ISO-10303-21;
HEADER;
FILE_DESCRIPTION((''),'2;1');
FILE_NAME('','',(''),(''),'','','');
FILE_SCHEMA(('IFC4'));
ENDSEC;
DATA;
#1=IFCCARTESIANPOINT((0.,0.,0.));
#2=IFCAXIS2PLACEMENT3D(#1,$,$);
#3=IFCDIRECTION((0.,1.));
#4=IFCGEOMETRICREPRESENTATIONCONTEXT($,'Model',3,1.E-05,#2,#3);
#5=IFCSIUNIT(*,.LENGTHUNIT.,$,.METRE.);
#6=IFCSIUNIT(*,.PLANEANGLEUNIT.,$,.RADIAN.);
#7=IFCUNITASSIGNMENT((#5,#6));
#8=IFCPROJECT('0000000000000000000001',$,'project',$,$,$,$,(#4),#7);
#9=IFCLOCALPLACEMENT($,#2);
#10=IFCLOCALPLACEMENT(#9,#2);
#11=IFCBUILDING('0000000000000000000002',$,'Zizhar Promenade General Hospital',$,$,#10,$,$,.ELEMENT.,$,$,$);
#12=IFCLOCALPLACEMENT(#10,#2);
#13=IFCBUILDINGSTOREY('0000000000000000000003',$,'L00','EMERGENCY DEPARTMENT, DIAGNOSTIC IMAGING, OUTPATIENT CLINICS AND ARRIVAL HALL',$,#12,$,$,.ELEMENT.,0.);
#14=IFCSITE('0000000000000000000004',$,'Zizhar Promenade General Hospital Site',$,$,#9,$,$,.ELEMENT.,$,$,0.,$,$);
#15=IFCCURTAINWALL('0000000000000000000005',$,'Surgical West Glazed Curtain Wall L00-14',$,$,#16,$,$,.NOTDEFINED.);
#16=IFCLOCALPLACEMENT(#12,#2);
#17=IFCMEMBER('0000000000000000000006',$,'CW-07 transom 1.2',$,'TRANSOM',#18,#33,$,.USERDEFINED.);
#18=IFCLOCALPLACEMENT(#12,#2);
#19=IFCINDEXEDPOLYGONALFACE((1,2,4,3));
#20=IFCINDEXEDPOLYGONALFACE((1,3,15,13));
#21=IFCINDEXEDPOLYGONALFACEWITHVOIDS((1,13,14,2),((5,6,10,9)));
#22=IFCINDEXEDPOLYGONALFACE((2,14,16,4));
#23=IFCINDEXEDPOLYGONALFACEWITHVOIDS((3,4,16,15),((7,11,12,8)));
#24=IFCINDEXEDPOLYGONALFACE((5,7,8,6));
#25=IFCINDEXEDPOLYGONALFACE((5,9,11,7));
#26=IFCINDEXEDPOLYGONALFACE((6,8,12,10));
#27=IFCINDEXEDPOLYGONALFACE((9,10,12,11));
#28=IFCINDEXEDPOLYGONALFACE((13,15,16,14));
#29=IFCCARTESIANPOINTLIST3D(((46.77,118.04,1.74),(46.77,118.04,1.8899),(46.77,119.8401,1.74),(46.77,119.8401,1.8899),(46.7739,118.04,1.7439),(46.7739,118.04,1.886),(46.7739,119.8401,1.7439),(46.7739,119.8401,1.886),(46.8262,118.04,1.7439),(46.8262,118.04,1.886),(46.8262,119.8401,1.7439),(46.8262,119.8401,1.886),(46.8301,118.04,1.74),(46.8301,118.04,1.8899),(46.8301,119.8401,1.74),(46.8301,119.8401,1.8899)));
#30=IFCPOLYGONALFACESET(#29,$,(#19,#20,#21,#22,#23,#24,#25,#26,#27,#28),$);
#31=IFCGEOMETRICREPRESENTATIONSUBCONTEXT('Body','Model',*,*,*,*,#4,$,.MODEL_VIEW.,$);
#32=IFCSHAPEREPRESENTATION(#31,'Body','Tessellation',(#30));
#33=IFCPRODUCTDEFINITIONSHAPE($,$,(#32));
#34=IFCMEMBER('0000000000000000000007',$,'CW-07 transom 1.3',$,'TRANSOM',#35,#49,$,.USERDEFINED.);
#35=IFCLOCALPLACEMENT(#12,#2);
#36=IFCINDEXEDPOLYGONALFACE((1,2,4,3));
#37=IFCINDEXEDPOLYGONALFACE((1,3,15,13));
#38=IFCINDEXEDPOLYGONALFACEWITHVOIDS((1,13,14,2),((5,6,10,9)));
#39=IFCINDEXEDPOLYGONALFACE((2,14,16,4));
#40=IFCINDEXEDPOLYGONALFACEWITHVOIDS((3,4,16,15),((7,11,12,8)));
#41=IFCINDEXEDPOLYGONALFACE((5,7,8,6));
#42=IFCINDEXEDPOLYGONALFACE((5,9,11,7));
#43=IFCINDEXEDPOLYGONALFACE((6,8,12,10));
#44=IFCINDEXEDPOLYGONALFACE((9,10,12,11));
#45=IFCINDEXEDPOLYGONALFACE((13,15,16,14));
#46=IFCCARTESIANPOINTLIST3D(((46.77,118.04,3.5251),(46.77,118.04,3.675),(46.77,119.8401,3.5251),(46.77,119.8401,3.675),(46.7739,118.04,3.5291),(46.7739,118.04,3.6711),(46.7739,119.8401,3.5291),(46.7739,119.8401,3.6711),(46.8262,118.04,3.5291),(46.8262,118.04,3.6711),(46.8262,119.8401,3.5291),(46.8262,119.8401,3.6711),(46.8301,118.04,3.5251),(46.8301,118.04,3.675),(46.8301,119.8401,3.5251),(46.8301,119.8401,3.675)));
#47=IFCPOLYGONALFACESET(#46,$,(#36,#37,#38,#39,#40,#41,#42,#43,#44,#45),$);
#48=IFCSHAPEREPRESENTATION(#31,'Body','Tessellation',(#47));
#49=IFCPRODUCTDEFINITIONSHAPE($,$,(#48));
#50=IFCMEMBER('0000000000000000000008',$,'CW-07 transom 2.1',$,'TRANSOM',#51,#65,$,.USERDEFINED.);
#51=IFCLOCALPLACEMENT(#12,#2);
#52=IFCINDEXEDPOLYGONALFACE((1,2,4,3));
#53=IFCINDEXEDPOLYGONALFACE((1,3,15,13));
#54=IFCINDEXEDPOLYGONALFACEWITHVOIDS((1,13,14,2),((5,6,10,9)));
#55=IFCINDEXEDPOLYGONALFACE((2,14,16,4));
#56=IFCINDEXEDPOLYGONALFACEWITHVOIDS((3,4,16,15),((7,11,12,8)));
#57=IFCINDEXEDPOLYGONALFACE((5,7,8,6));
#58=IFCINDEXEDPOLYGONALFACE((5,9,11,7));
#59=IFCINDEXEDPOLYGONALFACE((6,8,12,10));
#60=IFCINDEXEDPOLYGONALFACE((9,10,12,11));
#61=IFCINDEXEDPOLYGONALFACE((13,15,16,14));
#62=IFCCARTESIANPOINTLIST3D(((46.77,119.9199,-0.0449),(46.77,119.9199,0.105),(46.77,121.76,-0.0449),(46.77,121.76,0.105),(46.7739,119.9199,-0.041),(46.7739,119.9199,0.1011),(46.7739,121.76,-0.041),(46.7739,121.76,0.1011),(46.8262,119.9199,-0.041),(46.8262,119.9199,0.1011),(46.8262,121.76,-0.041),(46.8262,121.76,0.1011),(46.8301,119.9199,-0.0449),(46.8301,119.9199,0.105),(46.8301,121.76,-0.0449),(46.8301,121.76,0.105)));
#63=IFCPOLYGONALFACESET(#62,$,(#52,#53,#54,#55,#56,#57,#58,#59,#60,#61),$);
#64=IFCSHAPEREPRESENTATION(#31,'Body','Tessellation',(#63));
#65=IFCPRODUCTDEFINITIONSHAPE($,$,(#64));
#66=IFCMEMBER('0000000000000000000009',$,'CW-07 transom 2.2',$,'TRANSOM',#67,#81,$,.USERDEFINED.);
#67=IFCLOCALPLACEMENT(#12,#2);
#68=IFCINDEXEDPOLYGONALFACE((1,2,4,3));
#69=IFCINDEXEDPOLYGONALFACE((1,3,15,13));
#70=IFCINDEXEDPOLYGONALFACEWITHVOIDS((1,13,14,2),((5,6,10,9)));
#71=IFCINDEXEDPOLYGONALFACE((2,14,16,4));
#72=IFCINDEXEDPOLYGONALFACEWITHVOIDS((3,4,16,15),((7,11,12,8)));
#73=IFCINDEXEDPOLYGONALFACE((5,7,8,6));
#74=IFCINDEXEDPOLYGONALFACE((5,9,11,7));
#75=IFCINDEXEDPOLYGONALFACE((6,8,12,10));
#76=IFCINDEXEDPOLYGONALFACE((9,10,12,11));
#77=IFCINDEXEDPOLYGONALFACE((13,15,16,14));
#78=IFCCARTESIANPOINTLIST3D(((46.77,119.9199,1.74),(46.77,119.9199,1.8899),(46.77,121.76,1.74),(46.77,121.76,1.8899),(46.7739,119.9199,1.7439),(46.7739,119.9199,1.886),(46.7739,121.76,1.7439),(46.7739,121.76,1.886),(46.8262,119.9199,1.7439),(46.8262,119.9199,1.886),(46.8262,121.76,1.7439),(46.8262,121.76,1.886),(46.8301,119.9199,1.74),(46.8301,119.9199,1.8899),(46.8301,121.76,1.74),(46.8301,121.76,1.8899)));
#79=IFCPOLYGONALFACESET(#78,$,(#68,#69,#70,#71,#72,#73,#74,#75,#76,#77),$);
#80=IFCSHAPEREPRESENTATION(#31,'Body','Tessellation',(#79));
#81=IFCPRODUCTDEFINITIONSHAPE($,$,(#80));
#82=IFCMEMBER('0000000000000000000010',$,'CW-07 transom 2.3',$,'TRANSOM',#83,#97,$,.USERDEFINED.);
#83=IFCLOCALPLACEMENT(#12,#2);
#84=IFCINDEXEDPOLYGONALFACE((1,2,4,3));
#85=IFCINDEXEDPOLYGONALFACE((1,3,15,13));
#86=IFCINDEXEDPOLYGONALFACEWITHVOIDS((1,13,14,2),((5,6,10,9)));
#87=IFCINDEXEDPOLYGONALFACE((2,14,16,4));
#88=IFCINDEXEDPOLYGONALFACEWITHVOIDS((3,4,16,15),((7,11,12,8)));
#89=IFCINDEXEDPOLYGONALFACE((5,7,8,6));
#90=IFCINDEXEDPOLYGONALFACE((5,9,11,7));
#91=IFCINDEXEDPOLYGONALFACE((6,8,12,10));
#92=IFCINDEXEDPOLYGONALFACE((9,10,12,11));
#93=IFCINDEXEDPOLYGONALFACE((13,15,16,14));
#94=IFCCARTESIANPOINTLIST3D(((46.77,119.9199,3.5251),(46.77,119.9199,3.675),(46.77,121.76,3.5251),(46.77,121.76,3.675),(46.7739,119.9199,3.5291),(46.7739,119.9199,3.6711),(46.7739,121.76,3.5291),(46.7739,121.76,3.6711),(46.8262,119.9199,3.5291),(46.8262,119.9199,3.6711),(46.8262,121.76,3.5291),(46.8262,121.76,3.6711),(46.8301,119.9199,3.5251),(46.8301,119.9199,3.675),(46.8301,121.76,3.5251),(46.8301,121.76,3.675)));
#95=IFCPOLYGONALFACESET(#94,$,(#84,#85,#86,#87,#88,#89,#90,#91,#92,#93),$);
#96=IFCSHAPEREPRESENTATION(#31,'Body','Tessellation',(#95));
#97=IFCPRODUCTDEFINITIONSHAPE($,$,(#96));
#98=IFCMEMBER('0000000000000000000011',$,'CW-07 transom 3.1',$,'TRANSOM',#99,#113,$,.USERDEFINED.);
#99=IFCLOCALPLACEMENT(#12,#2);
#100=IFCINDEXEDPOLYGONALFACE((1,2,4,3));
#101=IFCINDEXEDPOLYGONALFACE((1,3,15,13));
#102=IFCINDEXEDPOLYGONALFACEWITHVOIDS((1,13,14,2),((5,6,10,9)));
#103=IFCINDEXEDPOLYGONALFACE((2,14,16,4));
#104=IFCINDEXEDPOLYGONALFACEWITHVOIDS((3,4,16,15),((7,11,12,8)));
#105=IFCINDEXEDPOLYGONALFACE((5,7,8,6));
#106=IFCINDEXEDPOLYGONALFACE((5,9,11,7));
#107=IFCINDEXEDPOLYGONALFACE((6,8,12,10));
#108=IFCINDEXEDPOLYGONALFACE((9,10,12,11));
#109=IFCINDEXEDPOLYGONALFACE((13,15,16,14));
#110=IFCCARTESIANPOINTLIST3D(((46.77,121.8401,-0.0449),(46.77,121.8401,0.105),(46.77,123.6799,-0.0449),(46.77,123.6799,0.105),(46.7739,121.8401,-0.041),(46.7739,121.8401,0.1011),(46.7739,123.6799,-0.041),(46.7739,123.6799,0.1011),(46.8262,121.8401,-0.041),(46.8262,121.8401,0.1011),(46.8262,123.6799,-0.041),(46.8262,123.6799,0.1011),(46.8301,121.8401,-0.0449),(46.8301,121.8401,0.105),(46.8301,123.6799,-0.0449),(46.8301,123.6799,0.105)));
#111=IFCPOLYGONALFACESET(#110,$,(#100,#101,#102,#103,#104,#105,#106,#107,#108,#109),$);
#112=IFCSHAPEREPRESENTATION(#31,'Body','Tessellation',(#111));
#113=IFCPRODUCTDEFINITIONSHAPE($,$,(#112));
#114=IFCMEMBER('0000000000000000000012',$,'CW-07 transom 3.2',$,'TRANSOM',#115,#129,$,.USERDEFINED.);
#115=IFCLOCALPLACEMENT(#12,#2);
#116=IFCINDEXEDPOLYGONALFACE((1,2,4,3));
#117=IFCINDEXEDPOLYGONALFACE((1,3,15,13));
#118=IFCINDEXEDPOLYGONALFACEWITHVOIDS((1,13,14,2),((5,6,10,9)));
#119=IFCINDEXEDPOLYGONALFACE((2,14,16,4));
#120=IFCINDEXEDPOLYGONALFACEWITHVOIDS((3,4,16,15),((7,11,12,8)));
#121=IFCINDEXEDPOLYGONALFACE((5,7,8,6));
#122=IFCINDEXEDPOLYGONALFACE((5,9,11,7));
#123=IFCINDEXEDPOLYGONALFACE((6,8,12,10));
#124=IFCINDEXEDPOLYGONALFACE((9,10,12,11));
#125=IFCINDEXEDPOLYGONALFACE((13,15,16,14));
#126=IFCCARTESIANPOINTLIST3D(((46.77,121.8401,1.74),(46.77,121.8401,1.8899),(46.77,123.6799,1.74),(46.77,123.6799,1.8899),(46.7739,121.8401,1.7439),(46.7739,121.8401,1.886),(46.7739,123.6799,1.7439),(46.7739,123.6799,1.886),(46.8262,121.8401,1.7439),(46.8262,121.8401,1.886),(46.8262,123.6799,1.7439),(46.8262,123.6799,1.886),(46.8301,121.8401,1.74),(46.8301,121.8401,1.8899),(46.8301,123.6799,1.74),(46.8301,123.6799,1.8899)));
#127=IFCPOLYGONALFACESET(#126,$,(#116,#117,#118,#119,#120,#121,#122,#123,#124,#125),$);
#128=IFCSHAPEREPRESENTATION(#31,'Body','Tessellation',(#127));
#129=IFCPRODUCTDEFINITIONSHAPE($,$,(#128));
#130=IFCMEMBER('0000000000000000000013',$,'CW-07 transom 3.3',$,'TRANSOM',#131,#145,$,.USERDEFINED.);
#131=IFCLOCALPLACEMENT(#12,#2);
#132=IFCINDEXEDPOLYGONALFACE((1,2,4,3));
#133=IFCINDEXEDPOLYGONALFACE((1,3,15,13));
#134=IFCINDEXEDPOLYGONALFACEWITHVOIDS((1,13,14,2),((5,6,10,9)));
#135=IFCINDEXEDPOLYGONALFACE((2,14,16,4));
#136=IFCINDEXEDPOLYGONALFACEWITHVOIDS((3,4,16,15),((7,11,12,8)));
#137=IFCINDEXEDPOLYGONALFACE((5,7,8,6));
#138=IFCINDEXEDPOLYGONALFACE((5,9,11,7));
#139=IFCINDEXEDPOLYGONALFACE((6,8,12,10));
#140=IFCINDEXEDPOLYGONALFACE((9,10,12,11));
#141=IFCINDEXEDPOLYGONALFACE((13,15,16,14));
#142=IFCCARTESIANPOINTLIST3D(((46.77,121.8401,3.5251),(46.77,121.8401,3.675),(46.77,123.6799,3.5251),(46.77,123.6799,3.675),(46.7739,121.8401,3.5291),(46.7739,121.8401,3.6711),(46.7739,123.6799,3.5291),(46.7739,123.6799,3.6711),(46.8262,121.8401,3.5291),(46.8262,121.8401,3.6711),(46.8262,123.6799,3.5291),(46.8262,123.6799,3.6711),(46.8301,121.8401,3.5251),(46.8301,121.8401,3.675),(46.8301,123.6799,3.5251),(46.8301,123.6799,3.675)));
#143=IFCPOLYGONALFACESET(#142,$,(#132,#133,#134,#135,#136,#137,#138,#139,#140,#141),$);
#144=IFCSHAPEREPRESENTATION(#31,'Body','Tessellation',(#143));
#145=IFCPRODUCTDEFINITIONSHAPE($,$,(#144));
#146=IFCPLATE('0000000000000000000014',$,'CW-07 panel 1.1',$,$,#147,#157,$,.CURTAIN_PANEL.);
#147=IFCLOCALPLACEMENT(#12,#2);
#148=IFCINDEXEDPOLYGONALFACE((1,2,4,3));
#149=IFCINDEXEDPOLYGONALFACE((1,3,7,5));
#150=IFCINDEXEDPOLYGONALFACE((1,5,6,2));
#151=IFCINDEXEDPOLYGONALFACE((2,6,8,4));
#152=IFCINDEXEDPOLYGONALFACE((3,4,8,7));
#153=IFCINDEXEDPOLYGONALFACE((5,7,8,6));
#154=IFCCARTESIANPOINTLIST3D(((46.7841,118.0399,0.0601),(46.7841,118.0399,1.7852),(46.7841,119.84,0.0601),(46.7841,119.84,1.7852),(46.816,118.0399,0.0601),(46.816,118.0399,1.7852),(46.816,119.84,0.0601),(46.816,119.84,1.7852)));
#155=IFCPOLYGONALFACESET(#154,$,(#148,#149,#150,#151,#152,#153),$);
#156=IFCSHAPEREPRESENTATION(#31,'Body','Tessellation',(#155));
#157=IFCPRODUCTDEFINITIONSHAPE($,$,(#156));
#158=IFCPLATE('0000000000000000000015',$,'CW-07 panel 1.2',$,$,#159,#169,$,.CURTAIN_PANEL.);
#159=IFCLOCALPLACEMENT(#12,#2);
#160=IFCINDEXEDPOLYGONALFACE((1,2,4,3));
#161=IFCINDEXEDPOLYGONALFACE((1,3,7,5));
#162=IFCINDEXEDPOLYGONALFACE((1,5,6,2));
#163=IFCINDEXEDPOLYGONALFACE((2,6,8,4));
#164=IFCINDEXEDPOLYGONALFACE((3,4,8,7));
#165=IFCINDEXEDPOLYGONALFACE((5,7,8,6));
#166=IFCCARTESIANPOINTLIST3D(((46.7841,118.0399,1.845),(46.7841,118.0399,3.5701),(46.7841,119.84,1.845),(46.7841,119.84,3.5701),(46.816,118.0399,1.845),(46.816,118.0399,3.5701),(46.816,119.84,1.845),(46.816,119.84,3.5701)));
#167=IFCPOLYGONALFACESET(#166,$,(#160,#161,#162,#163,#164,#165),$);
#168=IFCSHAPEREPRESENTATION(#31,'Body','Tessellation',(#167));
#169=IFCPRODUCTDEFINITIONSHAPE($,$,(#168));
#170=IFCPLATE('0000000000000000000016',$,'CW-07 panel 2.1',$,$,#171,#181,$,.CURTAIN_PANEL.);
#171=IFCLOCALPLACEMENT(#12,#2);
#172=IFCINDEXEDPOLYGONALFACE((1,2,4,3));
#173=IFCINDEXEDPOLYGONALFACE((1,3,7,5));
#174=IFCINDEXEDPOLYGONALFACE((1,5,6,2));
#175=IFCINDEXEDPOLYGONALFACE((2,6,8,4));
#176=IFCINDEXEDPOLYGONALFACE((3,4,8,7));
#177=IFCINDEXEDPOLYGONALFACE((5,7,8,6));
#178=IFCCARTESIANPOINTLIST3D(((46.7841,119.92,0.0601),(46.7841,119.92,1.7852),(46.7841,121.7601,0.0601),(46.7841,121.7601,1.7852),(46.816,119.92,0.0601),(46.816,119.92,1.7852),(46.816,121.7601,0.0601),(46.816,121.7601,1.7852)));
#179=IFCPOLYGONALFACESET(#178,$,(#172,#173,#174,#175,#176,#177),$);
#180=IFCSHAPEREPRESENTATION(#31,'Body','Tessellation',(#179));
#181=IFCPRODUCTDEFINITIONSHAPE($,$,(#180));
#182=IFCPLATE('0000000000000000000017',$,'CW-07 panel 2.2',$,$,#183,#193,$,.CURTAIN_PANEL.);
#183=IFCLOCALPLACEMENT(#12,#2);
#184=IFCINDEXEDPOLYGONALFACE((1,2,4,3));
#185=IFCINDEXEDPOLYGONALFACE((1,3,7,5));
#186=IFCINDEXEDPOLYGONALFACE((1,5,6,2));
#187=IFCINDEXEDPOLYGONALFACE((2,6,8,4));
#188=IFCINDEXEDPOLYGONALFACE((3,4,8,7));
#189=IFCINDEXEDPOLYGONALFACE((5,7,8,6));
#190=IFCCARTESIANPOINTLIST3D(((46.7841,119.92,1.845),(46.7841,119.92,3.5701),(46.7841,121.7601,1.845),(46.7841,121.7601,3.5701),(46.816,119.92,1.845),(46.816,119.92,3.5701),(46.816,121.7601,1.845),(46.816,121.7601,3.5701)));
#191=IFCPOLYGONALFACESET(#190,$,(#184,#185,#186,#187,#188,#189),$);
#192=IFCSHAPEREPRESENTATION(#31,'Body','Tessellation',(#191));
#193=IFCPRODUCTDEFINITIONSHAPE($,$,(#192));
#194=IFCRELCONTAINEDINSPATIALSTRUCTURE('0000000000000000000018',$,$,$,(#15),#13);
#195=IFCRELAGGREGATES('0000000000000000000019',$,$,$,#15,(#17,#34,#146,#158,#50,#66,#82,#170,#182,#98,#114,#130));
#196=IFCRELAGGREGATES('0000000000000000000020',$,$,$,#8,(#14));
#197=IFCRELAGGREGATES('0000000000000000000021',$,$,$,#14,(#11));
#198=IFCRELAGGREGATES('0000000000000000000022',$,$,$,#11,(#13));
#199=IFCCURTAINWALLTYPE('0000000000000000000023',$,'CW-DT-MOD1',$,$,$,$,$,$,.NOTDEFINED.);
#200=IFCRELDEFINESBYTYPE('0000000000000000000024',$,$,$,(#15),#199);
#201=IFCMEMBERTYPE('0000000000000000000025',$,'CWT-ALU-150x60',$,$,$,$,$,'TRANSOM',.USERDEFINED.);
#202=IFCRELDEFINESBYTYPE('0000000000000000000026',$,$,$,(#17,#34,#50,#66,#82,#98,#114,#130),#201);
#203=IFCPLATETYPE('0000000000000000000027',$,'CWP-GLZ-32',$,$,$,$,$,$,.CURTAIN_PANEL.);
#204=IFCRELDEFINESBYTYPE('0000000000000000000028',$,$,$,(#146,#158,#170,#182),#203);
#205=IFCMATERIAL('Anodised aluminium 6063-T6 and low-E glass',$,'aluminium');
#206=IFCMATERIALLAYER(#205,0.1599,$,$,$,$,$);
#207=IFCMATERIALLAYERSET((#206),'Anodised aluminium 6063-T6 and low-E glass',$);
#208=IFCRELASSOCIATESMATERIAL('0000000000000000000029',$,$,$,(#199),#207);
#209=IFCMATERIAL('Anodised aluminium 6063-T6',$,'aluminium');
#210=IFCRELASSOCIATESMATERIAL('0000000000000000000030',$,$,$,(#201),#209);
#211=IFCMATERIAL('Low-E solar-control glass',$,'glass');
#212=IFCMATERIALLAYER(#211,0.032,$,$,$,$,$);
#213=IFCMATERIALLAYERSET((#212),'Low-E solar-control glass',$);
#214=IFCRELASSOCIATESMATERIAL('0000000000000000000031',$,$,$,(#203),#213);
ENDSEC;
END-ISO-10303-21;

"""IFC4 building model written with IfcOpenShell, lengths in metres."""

from ifc_helpers import new_model, si_unit, direction, frame, origin, origin_2d, place, context, subcontext, project, spatial, rectangle, hollow_rectangle, extrude, material, layer, layer_set, material_profile, profile_set, type_object, element, aggregate, save


model = new_model("IFC4")

# Units and contexts
model_context = context("Model", 3, precision=1e-05, world=origin(), true_north=direction((0.0, 1.0)))
body_context = subcontext(model_context, "Body", "Model", "MODEL_VIEW")
ifc_project = project(units=[si_unit("LENGTHUNIT", "METRE"), si_unit("PLANEANGLEUNIT", "RADIAN")], contexts=[model_context])

# Site, building, storey
site_placement = place(None, origin())
site = spatial("IfcSite", under=ifc_project, at=site_placement, Name="Zizhar Promenade General Hospital Site", CompositionType="ELEMENT", RefElevation=0.0)
building_placement = place(site_placement, origin())
building = spatial("IfcBuilding", under=site, at=building_placement, Name="Zizhar Promenade General Hospital", CompositionType="ELEMENT")
storey_placement = place(building_placement, origin())
storey = spatial("IfcBuildingStorey", under=building, at=storey_placement, Name="L00", Description="EMERGENCY DEPARTMENT, DIAGNOSTIC IMAGING, OUTPATIENT CLINICS AND ARRIVAL HALL", CompositionType="ELEMENT", Elevation=0.0)

# Curtain wall, members, plates
ifc_material_1 = material(Name="Anodised aluminium 6063-T6 and low-E glass", Category="aluminium")
ifc_layer_1 = layer(ifc_material_1, 0.1599)
ifc_layer_set_1 = layer_set([ifc_layer_1], Name="Anodised aluminium 6063-T6 and low-E glass")
curtain_wall_type = type_object("IfcCurtainWallType", Name="CW-DT-MOD1", PredefinedType="NOTDEFINED", material=ifc_layer_set_1)
curtain_wall_placement = place(storey_placement, origin())
curtain_wall = element("IfcCurtainWall", 1, at=curtain_wall_placement, inside=storey, type_object=curtain_wall_type, Name="Surgical West Glazed Curtain Wall L00-14", PredefinedType="NOTDEFINED")
ifc_material_2 = material(Name="Anodised aluminium 6063-T6", Category="aluminium")
ifc_material_profile_1 = material_profile(ifc_material_2, hollow_rectangle(XDim=0.0601, YDim=0.1499, WallThickness=0.0039, at=origin_2d()))
ifc_profile_set_1 = profile_set([ifc_material_profile_1], Name="Anodised aluminium 6063-T6")
member_type_1 = type_object("IfcMemberType", Name="CWT-ALU-150x60", ElementType="TRANSOM", PredefinedType="USERDEFINED", material=ifc_profile_set_1)
member_1_placement = place(storey_placement, frame((46.8, 118.04, 1.8149), z_axis=(0.0, 1.0, 0.0), x_axis=(-1.0, 0.0, 0.0)))
member_1 = element("IfcMember", 2, at=member_1_placement, type_object=member_type_1, Name="CW-07 transom 1.2", ObjectType="TRANSOM", PredefinedType="USERDEFINED", context=body_context, shape_type="SweptSolid", body=[
    extrude(hollow_rectangle(XDim=0.0601, YDim=0.1499, WallThickness=0.0039, at=origin_2d()), origin(), (0.0, 0.0, 1.0), 1.8),
])
member_2_placement = place(storey_placement, frame((46.8, 118.04, 3.6001), z_axis=(0.0, 1.0, 0.0), x_axis=(-1.0, 0.0, 0.0)))
member_2 = element("IfcMember", 3, at=member_2_placement, type_object=member_type_1, Name="CW-07 transom 1.3", ObjectType="TRANSOM", PredefinedType="USERDEFINED", context=body_context, shape_type="SweptSolid", body=[
    extrude(hollow_rectangle(XDim=0.0601, YDim=0.1499, WallThickness=0.0039, at=origin_2d()), origin(), (0.0, 0.0, 1.0), 1.8),
])
member_3_placement = place(storey_placement, frame((46.8, 119.9199, 0.03), z_axis=(0.0, 1.0, 0.0), x_axis=(-1.0, 0.0, 0.0)))
member_3 = element("IfcMember", 4, at=member_3_placement, type_object=member_type_1, Name="CW-07 transom 2.1", ObjectType="TRANSOM", PredefinedType="USERDEFINED", context=body_context, shape_type="SweptSolid", body=[
    extrude(hollow_rectangle(XDim=0.0601, YDim=0.1499, WallThickness=0.0039, at=origin_2d()), origin(), (0.0, 0.0, 1.0), 1.8401),
])
member_4_placement = place(storey_placement, frame((46.8, 119.9199, 1.8149), z_axis=(0.0, 1.0, 0.0), x_axis=(-1.0, 0.0, 0.0)))
member_4 = element("IfcMember", 5, at=member_4_placement, type_object=member_type_1, Name="CW-07 transom 2.2", ObjectType="TRANSOM", PredefinedType="USERDEFINED", context=body_context, shape_type="SweptSolid", body=[
    extrude(hollow_rectangle(XDim=0.0601, YDim=0.1499, WallThickness=0.0039, at=origin_2d()), origin(), (0.0, 0.0, 1.0), 1.8401),
])
member_5_placement = place(storey_placement, frame((46.8, 119.9199, 3.6001), z_axis=(0.0, 1.0, 0.0), x_axis=(-1.0, 0.0, 0.0)))
member_5 = element("IfcMember", 6, at=member_5_placement, type_object=member_type_1, Name="CW-07 transom 2.3", ObjectType="TRANSOM", PredefinedType="USERDEFINED", context=body_context, shape_type="SweptSolid", body=[
    extrude(hollow_rectangle(XDim=0.0601, YDim=0.1499, WallThickness=0.0039, at=origin_2d()), origin(), (0.0, 0.0, 1.0), 1.8401),
])
member_6_placement = place(storey_placement, frame((46.8, 121.8401, 0.03), z_axis=(0.0, 1.0, 0.0), x_axis=(-1.0, 0.0, 0.0)))
member_6 = element("IfcMember", 7, at=member_6_placement, type_object=member_type_1, Name="CW-07 transom 3.1", ObjectType="TRANSOM", PredefinedType="USERDEFINED", context=body_context, shape_type="SweptSolid", body=[
    extrude(hollow_rectangle(XDim=0.0601, YDim=0.1499, WallThickness=0.0039, at=origin_2d()), origin(), (0.0, 0.0, 1.0), 1.8398),
])
member_7_placement = place(storey_placement, frame((46.8, 121.8401, 1.8149), z_axis=(0.0, 1.0, 0.0), x_axis=(-1.0, 0.0, 0.0)))
member_7 = element("IfcMember", 8, at=member_7_placement, type_object=member_type_1, Name="CW-07 transom 3.2", ObjectType="TRANSOM", PredefinedType="USERDEFINED", context=body_context, shape_type="SweptSolid", body=[
    extrude(hollow_rectangle(XDim=0.0601, YDim=0.1499, WallThickness=0.0039, at=origin_2d()), origin(), (0.0, 0.0, 1.0), 1.8398),
])
member_8_placement = place(storey_placement, frame((46.8, 121.8401, 3.6001), z_axis=(0.0, 1.0, 0.0), x_axis=(-1.0, 0.0, 0.0)))
member_8 = element("IfcMember", 9, at=member_8_placement, type_object=member_type_1, Name="CW-07 transom 3.3", ObjectType="TRANSOM", PredefinedType="USERDEFINED", context=body_context, shape_type="SweptSolid", body=[
    extrude(hollow_rectangle(XDim=0.0601, YDim=0.1499, WallThickness=0.0039, at=origin_2d()), origin(), (0.0, 0.0, 1.0), 1.8398),
])
ifc_material_3 = material(Name="Low-E solar-control glass", Category="glass")
ifc_layer_2 = layer(ifc_material_3, 0.032)
ifc_layer_set_2 = layer_set([ifc_layer_2], Name="Low-E solar-control glass")
plate_type = type_object("IfcPlateType", Name="CWP-GLZ-32", PredefinedType="CURTAIN_PANEL", material=ifc_layer_set_2)
plate_1_placement = place(storey_placement, frame((46.8, 118.9399, 0.0601), z_axis=(0.0, 0.0, 1.0), x_axis=(0.0, 1.0, 0.0)))
plate_1 = element("IfcPlate", 10, at=plate_1_placement, type_object=plate_type, Name="CW-07 panel 1.1", PredefinedType="CURTAIN_PANEL", context=body_context, shape_type="SweptSolid", body=[
    extrude(rectangle(XDim=1.8, YDim=0.032, at=origin_2d()), origin(), (0.0, 0.0, 1.0), 1.7251),
])
plate_2_placement = place(storey_placement, frame((46.8, 118.9399, 1.845), z_axis=(0.0, 0.0, 1.0), x_axis=(0.0, 1.0, 0.0)))
plate_2 = element("IfcPlate", 11, at=plate_2_placement, type_object=plate_type, Name="CW-07 panel 1.2", PredefinedType="CURTAIN_PANEL", context=body_context, shape_type="SweptSolid", body=[
    extrude(rectangle(XDim=1.8, YDim=0.032, at=origin_2d()), origin(), (0.0, 0.0, 1.0), 1.7251),
])
plate_3_placement = place(storey_placement, frame((46.8, 120.8401, 0.0601), z_axis=(0.0, 0.0, 1.0), x_axis=(0.0, 1.0, 0.0)))
plate_3 = element("IfcPlate", 12, at=plate_3_placement, type_object=plate_type, Name="CW-07 panel 2.1", PredefinedType="CURTAIN_PANEL", context=body_context, shape_type="SweptSolid", body=[
    extrude(rectangle(XDim=1.8401, YDim=0.032, at=origin_2d()), origin(), (0.0, 0.0, 1.0), 1.7251),
])
plate_4_placement = place(storey_placement, frame((46.8, 120.8401, 1.845), z_axis=(0.0, 0.0, 1.0), x_axis=(0.0, 1.0, 0.0)))
plate_4 = element("IfcPlate", 13, at=plate_4_placement, type_object=plate_type, Name="CW-07 panel 2.2", PredefinedType="CURTAIN_PANEL", context=body_context, shape_type="SweptSolid", body=[
    extrude(rectangle(XDim=1.8401, YDim=0.032, at=origin_2d()), origin(), (0.0, 0.0, 1.0), 1.7251),
])
aggregate(curtain_wall, [member_1, member_2, plate_1, plate_2, member_3, member_4, member_5, plate_3, plate_4, member_6, member_7, member_8])

save(model, "model.ifc")
